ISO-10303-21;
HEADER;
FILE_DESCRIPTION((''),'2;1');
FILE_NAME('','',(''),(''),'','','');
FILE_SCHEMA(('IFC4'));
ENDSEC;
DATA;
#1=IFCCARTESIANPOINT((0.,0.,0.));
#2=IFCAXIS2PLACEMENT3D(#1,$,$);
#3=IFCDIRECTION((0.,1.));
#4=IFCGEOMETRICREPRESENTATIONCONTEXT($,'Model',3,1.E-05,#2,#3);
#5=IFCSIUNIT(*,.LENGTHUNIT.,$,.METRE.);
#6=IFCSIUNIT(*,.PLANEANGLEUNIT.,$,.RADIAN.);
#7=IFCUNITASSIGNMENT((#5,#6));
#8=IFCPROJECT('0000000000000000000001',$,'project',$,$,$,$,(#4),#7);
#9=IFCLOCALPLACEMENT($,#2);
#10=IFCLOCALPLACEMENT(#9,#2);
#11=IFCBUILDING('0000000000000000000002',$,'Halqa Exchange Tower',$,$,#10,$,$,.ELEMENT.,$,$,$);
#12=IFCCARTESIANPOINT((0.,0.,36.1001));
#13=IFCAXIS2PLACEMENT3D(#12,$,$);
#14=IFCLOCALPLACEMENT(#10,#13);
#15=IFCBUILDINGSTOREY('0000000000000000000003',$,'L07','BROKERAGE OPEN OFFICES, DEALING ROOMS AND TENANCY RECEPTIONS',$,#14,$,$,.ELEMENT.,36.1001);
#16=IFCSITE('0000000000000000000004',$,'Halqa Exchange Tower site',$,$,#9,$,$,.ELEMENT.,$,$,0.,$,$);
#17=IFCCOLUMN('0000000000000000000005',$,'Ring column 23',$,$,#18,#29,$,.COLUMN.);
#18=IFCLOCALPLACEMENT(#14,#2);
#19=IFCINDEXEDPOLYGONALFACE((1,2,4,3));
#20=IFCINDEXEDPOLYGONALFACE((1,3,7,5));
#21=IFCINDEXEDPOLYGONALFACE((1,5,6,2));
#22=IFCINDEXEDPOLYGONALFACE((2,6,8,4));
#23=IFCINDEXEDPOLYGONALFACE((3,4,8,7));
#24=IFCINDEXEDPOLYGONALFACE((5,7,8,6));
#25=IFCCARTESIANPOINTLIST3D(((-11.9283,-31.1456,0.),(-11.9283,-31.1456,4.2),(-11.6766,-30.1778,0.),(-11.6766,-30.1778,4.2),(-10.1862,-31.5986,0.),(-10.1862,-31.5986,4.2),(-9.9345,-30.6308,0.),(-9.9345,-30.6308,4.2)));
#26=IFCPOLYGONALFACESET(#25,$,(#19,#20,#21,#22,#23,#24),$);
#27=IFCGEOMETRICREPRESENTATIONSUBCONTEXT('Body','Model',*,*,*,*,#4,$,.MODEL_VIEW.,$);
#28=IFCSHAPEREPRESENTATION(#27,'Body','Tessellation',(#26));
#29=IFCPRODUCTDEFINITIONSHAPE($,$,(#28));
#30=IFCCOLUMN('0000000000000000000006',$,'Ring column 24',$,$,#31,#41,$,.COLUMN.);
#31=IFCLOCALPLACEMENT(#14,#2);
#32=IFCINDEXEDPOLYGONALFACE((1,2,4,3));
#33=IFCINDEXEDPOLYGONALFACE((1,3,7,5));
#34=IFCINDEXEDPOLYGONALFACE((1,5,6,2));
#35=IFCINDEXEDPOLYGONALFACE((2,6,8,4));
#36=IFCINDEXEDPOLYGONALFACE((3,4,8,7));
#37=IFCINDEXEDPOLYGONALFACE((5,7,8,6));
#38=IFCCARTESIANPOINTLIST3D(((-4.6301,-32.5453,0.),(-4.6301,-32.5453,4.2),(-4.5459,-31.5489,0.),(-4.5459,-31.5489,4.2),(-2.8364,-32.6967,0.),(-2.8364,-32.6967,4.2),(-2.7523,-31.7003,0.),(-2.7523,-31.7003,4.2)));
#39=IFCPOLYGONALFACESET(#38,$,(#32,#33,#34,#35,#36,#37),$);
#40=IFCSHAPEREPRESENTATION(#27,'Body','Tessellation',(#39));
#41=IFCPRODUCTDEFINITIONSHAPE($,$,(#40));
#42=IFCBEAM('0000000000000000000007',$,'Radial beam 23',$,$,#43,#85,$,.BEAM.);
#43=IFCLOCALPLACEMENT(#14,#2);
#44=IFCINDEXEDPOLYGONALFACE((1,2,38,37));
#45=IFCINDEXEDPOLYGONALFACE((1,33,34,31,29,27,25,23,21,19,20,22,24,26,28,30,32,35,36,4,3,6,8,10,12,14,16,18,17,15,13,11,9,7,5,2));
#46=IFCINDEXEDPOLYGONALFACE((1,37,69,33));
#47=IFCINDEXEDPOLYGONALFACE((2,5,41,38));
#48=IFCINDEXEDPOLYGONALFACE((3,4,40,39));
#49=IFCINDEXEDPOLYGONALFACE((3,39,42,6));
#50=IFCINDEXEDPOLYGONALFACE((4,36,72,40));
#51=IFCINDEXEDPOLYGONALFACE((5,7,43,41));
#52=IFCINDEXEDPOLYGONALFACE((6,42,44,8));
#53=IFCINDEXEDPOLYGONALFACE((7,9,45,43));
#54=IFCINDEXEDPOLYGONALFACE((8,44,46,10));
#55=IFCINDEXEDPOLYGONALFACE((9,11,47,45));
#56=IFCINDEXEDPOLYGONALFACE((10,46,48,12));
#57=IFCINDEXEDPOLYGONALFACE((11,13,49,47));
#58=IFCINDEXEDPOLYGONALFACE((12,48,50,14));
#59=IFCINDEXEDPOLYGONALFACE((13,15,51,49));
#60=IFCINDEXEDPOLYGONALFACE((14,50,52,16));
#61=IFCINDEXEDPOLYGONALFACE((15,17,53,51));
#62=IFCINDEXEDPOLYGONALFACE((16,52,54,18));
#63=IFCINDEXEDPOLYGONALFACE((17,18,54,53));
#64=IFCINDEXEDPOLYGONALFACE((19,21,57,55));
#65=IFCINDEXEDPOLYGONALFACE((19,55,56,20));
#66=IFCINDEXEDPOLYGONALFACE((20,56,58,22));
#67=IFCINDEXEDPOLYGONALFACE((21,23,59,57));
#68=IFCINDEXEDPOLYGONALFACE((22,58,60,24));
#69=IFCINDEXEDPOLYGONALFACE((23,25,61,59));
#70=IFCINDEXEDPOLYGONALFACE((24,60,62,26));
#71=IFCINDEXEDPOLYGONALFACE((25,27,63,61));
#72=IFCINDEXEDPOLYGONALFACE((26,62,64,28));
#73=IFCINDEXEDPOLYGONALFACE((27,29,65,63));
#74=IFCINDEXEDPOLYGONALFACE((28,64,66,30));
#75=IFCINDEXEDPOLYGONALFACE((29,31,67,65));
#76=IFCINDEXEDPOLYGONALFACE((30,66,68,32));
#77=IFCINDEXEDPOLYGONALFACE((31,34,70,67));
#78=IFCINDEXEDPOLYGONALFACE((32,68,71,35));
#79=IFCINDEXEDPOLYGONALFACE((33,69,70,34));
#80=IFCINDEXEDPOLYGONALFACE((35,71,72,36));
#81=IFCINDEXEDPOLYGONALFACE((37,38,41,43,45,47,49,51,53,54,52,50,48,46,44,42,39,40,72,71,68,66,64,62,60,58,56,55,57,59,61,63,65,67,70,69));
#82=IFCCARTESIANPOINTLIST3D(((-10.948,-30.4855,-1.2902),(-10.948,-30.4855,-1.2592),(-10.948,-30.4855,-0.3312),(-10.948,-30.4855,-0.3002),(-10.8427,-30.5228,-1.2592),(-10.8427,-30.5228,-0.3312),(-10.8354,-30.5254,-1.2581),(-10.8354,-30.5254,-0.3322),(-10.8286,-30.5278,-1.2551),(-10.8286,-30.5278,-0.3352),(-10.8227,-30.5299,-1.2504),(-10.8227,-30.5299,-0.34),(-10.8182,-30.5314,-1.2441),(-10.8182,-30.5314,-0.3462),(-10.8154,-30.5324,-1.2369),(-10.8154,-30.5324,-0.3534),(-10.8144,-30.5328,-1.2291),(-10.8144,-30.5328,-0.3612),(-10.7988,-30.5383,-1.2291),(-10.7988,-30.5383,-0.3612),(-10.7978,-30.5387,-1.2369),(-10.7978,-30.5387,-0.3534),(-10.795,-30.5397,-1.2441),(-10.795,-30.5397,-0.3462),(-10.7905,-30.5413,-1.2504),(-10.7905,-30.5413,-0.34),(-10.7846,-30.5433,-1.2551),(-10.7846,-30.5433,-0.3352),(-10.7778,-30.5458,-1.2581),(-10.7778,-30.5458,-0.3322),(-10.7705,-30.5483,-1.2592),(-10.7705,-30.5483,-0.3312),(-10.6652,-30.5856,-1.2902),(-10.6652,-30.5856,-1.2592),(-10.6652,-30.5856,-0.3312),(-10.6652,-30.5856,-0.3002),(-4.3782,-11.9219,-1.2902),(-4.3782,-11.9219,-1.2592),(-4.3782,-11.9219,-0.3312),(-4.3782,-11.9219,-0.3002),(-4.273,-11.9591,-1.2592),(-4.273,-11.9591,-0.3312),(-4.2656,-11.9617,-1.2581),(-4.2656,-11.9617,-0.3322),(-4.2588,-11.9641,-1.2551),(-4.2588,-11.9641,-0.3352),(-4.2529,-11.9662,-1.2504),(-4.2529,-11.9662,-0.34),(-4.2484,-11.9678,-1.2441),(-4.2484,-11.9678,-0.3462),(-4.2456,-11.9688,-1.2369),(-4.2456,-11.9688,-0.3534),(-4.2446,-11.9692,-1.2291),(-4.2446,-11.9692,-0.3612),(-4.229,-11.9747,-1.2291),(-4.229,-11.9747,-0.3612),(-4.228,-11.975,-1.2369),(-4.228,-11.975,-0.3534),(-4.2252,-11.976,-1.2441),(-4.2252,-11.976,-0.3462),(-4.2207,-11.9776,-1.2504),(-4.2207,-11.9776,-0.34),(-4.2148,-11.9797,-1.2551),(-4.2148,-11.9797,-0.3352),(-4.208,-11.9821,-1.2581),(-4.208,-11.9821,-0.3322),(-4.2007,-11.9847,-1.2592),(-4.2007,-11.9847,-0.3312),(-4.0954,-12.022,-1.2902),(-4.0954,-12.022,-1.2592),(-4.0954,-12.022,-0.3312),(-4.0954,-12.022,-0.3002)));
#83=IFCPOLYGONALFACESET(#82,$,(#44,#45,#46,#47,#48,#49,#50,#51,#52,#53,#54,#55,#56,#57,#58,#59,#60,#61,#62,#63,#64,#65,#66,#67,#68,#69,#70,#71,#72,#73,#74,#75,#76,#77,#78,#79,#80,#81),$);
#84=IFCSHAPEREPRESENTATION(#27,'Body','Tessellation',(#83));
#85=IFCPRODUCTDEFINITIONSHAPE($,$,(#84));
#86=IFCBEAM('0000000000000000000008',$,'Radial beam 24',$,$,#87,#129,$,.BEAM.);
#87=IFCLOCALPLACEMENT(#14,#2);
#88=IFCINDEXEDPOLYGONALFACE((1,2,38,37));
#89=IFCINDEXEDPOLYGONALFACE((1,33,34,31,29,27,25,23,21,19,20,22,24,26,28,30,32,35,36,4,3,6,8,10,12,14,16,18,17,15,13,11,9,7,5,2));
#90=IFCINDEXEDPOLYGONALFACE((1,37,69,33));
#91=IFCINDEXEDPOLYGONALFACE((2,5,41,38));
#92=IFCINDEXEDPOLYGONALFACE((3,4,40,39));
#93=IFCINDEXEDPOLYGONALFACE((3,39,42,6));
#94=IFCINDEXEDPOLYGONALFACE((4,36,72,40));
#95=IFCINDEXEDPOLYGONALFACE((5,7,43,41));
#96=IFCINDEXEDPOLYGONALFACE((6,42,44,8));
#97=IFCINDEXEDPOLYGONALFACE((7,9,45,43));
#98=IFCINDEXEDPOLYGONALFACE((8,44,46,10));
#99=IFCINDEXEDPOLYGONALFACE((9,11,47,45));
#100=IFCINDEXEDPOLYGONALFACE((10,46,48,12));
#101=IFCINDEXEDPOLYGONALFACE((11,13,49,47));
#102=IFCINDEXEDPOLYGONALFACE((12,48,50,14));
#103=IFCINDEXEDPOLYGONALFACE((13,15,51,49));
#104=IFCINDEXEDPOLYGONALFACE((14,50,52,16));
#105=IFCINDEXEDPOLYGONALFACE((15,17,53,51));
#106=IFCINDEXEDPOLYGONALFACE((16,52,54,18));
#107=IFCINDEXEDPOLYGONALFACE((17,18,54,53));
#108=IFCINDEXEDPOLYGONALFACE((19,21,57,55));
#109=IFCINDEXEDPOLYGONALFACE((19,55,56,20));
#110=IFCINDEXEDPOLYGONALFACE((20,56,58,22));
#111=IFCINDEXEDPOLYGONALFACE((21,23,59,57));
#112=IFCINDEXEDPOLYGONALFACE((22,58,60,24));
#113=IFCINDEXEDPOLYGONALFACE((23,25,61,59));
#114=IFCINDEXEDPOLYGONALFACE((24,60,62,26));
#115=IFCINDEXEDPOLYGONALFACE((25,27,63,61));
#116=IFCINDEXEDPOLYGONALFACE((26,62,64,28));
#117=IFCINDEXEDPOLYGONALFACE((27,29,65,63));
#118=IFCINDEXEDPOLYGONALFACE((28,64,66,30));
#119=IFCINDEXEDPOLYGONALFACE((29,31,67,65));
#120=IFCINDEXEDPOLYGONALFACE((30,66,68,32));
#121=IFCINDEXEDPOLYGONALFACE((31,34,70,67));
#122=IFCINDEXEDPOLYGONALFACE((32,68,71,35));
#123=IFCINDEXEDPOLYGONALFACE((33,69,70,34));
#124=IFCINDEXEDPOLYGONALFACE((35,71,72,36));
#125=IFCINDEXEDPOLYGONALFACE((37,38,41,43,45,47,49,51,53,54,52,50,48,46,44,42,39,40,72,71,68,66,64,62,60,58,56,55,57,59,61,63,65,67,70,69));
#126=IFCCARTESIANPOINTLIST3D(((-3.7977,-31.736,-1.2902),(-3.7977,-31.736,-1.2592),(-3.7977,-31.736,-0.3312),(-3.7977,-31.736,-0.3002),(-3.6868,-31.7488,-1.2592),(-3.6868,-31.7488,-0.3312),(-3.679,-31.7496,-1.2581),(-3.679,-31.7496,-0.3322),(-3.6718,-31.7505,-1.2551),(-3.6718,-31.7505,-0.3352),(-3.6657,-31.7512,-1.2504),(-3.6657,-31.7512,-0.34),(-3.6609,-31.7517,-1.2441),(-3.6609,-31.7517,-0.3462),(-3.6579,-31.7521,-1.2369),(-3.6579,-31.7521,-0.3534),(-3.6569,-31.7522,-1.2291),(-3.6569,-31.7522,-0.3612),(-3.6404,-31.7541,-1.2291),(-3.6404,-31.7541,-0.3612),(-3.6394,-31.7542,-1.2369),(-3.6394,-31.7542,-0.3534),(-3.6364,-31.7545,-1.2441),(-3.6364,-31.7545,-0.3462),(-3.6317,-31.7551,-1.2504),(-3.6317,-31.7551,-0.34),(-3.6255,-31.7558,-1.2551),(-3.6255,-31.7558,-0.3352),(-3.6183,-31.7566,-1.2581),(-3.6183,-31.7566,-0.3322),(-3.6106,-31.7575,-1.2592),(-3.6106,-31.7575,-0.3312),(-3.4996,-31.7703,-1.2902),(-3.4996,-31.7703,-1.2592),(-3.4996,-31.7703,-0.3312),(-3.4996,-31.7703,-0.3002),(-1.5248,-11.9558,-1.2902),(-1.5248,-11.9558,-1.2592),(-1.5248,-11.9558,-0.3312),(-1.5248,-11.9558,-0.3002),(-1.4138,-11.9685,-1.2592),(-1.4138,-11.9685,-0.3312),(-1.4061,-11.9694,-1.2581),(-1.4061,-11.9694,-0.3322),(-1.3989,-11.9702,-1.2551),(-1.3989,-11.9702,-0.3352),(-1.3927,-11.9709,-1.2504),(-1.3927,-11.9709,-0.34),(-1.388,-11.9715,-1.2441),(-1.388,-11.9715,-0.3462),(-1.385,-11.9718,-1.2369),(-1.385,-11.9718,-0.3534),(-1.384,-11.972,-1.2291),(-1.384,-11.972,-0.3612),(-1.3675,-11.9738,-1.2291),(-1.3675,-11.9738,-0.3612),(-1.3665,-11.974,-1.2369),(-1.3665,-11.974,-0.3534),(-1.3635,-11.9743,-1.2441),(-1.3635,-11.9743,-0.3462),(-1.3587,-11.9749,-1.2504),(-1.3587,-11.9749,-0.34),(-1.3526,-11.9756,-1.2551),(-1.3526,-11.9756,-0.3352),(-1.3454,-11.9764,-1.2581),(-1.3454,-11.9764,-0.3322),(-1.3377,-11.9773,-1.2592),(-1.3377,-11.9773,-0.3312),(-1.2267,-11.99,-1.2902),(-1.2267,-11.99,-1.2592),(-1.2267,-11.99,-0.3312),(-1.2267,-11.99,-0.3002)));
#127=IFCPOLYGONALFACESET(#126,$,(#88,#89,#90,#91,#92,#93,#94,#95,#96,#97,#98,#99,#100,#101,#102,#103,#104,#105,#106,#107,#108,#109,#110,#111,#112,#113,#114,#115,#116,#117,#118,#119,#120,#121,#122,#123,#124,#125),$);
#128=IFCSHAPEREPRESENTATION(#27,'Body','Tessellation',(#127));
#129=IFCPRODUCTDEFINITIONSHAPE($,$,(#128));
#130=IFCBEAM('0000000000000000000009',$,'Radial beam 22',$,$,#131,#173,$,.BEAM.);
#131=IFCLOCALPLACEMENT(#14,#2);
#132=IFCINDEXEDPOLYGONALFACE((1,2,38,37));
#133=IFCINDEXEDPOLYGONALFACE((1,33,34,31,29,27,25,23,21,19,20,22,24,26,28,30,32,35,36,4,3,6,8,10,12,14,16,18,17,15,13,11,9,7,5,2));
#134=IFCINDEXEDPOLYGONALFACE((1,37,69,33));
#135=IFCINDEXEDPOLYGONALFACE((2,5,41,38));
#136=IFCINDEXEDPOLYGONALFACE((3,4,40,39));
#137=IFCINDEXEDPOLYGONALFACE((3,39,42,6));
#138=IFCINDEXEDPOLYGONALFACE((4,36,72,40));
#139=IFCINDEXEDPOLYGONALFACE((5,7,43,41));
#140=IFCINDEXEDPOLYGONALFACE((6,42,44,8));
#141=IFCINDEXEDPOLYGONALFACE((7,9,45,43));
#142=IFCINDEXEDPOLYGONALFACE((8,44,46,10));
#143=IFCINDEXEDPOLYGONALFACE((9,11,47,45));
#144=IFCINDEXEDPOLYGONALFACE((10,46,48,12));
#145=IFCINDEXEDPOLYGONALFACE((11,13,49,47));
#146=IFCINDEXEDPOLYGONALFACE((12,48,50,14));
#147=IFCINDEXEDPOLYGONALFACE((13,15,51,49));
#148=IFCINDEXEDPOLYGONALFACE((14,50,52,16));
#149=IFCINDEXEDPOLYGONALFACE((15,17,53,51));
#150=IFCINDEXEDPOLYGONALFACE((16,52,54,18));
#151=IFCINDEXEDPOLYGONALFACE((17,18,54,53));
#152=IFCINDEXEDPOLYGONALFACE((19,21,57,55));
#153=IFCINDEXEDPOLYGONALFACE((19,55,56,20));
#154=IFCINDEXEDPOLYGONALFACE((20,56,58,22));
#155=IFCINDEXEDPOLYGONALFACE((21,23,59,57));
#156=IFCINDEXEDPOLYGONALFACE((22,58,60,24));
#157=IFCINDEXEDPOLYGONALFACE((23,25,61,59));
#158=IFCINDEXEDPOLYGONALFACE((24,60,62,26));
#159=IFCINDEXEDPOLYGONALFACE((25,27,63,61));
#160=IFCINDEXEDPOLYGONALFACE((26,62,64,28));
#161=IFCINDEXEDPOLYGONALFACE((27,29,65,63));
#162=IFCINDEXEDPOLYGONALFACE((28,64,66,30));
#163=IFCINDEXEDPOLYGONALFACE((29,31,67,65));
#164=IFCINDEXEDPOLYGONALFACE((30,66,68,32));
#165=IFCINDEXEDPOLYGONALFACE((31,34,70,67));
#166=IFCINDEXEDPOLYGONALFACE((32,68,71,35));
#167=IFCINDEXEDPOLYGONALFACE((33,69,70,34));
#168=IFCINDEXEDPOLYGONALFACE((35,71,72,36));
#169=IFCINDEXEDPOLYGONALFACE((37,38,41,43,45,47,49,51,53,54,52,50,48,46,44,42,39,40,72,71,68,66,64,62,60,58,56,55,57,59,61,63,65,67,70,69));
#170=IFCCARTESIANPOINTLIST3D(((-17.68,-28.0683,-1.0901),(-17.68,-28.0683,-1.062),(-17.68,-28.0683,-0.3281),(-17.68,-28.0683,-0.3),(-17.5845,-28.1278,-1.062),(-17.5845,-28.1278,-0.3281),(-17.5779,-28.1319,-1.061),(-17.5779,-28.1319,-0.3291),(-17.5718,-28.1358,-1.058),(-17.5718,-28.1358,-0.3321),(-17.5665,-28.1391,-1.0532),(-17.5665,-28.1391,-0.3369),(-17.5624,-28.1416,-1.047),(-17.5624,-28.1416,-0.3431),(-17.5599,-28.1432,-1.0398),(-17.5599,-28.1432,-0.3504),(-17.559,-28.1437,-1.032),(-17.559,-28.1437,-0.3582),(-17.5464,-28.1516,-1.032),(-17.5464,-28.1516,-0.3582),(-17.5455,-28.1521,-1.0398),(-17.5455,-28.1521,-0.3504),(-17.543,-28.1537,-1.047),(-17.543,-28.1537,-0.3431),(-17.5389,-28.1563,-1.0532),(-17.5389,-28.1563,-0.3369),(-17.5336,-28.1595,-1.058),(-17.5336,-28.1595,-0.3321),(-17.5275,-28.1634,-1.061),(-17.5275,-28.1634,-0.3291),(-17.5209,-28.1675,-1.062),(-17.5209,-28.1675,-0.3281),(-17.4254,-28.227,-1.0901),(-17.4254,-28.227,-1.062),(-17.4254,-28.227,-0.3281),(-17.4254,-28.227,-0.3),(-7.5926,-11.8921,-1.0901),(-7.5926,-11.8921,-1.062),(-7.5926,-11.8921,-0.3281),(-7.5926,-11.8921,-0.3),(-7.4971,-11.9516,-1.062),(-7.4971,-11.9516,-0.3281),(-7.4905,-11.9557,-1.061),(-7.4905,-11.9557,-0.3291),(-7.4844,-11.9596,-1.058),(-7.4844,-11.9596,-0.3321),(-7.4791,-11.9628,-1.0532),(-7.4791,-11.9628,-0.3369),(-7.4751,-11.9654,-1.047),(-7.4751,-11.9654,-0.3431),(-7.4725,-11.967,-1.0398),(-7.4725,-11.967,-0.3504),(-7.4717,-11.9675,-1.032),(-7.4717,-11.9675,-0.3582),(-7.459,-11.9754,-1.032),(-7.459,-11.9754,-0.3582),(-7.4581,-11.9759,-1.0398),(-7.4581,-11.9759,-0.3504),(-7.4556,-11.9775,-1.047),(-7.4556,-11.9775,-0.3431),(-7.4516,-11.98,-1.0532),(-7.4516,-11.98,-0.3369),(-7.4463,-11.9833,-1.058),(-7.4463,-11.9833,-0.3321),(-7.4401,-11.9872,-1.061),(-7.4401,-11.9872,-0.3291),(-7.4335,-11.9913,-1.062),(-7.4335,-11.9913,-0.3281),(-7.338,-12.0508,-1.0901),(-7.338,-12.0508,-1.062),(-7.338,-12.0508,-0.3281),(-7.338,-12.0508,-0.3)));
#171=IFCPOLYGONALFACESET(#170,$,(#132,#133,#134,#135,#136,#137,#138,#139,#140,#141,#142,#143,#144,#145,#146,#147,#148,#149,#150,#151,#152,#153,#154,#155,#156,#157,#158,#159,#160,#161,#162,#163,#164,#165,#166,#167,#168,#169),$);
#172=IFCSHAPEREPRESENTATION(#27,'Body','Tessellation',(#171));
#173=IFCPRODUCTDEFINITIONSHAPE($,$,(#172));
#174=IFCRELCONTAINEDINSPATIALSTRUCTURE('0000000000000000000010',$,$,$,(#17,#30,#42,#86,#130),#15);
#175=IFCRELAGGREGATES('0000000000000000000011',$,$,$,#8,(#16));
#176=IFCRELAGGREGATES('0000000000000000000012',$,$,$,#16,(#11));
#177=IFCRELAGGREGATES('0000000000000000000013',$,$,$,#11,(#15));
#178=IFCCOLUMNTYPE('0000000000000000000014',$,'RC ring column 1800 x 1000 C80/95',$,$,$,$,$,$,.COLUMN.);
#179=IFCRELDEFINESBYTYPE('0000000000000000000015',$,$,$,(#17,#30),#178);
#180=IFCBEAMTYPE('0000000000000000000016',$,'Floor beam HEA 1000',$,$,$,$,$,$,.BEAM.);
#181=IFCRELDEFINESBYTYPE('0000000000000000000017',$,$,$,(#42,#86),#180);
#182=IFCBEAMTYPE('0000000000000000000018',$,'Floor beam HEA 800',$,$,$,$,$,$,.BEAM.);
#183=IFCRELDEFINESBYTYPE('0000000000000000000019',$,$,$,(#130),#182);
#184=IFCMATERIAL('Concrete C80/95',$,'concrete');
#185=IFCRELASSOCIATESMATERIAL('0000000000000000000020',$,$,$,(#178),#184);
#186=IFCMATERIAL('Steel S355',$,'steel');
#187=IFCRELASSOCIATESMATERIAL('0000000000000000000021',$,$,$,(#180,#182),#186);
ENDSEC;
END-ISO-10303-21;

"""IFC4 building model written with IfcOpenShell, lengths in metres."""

from ifc_helpers import new_model, si_unit, direction, frame, origin, origin_2d, place, context, subcontext, project, spatial, rectangle, i_section, extrude, material, material_profile, profile_set, type_object, element, save


model = new_model("IFC4")

# Units and contexts
model_context = context("Model", 3, precision=1e-05, world=origin(), true_north=direction((0.0, 1.0)))
body_context = subcontext(model_context, "Body", "Model", "MODEL_VIEW")
ifc_project = project(units=[si_unit("LENGTHUNIT", "METRE"), si_unit("PLANEANGLEUNIT", "RADIAN")], contexts=[model_context])

# Site, building, storey
site_placement = place(None, origin())
site = spatial("IfcSite", under=ifc_project, at=site_placement, Name="Halqa Exchange Tower site", CompositionType="ELEMENT", RefElevation=0.0)
building_placement = place(site_placement, origin())
building = spatial("IfcBuilding", under=site, at=building_placement, Name="Halqa Exchange Tower", CompositionType="ELEMENT")
storey_placement = place(building_placement, frame((0.0, 0.0, 36.1001)))
storey = spatial("IfcBuildingStorey", under=building, at=storey_placement, Name="L07", Description="BROKERAGE OPEN OFFICES, DEALING ROOMS AND TENANCY RECEPTIONS", CompositionType="ELEMENT", Elevation=36.1001)

# Columns
ifc_material_1 = material(Name="Concrete C80/95", Category="concrete")
ifc_material_profile_1 = material_profile(ifc_material_1, rectangle(XDim=1.8, YDim=1.0, at=origin_2d()), Name="1800 x 1000")
ifc_profile_set_1 = profile_set([ifc_material_profile_1], Name="Concrete C80/95")
column_type = type_object("IfcColumnType", Name="RC ring column 1800 x 1000 C80/95", PredefinedType="COLUMN", material=ifc_profile_set_1)
for number, where, z_axis, x_axis, name in (
    (1, (-10.9314, -30.8882, 0.0), (0.0, 0.0, 1.0), (0.967819, -0.251647, 0.0), "Ring column 23"),
    (2, (-3.6912, -32.1228, 0.0), (0.0, 0.0, 1.0), (0.996455, -0.084125, 0.0), "Ring column 24"),
):
    element("IfcColumn", number, at=place(storey_placement, frame(where, z_axis=z_axis, x_axis=x_axis)), inside=storey, type_object=column_type, Name=name, PredefinedType="COLUMN", context=body_context, shape_type="SweptSolid", body=[
        extrude(rectangle(XDim=1.8, YDim=1.0, at=origin_2d()), origin(), (0.0, 0.0, 1.0), 4.2),
    ])

# Beams
ifc_material_2 = material(Name="Steel S355", Category="steel")
ifc_material_profile_2 = material_profile(ifc_material_2, i_section(OverallWidth=0.3, OverallDepth=0.99, WebThickness=0.0166, FlangeThickness=0.031, FilletRadius=0.03, at=origin_2d()), Name="HEA 1000")
ifc_profile_set_2 = profile_set([ifc_material_profile_2], Name="Steel S355")
beam_type_1 = type_object("IfcBeamType", Name="Floor beam HEA 1000", PredefinedType="BEAM", material=ifc_profile_set_2)
beam_1_placement = place(storey_placement, frame((-4.2368, -11.9719, -0.7952), z_axis=(-0.333629, -0.942704, 0.0), x_axis=(0.942704, -0.333629, 0.0)))
element("IfcBeam", 3, at=beam_1_placement, inside=storey, type_object=beam_type_1, Name="Radial beam 23", PredefinedType="BEAM", context=body_context, shape_type="SweptSolid", body=[
    extrude(i_section(OverallWidth=0.3, OverallDepth=0.99, WebThickness=0.0166, FlangeThickness=0.031, FilletRadius=0.03, at=origin_2d()), origin(), (0.0, 0.0, 1.0), 19.6919),
])
beam_2_placement = place(storey_placement, frame((-1.3757, -11.9729, -0.7952), z_axis=(-0.114159, -0.993463, 0.0), x_axis=(0.993463, -0.114159, 0.0)))
element("IfcBeam", 4, at=beam_2_placement, inside=storey, type_object=beam_type_1, Name="Radial beam 24", PredefinedType="BEAM", context=body_context, shape_type="SweptSolid", body=[
    extrude(i_section(OverallWidth=0.3, OverallDepth=0.99, WebThickness=0.0166, FlangeThickness=0.031, FilletRadius=0.03, at=origin_2d()), origin(), (0.0, 0.0, 1.0), 19.9104),
])
ifc_material_profile_3 = material_profile(ifc_material_2, i_section(OverallWidth=0.3, OverallDepth=0.79, WebThickness=0.0149, FlangeThickness=0.0281, FilletRadius=0.03, at=origin_2d()), Name="HEA 800")
ifc_profile_set_3 = profile_set([ifc_material_profile_3], Name="Steel S355")
beam_type_2 = type_object("IfcBeamType", Name="Floor beam HEA 800", PredefinedType="BEAM", material=ifc_profile_set_3)
beam_3_placement = place(storey_placement, frame((-7.4653, -11.9714, -0.6951), z_axis=(-0.52914, -0.848535, 0.0), x_axis=(0.848535, -0.52914, 0.0)))
element("IfcBeam", 5, at=beam_3_placement, inside=storey, type_object=beam_type_2, Name="Radial beam 22", PredefinedType="BEAM", context=body_context, shape_type="SweptSolid", body=[
    extrude(i_section(OverallWidth=0.3, OverallDepth=0.79, WebThickness=0.0149, FlangeThickness=0.0281, FilletRadius=0.03, at=origin_2d()), origin(), (0.0, 0.0, 1.0), 19.0637),
])

save(model, "model.ifc")
